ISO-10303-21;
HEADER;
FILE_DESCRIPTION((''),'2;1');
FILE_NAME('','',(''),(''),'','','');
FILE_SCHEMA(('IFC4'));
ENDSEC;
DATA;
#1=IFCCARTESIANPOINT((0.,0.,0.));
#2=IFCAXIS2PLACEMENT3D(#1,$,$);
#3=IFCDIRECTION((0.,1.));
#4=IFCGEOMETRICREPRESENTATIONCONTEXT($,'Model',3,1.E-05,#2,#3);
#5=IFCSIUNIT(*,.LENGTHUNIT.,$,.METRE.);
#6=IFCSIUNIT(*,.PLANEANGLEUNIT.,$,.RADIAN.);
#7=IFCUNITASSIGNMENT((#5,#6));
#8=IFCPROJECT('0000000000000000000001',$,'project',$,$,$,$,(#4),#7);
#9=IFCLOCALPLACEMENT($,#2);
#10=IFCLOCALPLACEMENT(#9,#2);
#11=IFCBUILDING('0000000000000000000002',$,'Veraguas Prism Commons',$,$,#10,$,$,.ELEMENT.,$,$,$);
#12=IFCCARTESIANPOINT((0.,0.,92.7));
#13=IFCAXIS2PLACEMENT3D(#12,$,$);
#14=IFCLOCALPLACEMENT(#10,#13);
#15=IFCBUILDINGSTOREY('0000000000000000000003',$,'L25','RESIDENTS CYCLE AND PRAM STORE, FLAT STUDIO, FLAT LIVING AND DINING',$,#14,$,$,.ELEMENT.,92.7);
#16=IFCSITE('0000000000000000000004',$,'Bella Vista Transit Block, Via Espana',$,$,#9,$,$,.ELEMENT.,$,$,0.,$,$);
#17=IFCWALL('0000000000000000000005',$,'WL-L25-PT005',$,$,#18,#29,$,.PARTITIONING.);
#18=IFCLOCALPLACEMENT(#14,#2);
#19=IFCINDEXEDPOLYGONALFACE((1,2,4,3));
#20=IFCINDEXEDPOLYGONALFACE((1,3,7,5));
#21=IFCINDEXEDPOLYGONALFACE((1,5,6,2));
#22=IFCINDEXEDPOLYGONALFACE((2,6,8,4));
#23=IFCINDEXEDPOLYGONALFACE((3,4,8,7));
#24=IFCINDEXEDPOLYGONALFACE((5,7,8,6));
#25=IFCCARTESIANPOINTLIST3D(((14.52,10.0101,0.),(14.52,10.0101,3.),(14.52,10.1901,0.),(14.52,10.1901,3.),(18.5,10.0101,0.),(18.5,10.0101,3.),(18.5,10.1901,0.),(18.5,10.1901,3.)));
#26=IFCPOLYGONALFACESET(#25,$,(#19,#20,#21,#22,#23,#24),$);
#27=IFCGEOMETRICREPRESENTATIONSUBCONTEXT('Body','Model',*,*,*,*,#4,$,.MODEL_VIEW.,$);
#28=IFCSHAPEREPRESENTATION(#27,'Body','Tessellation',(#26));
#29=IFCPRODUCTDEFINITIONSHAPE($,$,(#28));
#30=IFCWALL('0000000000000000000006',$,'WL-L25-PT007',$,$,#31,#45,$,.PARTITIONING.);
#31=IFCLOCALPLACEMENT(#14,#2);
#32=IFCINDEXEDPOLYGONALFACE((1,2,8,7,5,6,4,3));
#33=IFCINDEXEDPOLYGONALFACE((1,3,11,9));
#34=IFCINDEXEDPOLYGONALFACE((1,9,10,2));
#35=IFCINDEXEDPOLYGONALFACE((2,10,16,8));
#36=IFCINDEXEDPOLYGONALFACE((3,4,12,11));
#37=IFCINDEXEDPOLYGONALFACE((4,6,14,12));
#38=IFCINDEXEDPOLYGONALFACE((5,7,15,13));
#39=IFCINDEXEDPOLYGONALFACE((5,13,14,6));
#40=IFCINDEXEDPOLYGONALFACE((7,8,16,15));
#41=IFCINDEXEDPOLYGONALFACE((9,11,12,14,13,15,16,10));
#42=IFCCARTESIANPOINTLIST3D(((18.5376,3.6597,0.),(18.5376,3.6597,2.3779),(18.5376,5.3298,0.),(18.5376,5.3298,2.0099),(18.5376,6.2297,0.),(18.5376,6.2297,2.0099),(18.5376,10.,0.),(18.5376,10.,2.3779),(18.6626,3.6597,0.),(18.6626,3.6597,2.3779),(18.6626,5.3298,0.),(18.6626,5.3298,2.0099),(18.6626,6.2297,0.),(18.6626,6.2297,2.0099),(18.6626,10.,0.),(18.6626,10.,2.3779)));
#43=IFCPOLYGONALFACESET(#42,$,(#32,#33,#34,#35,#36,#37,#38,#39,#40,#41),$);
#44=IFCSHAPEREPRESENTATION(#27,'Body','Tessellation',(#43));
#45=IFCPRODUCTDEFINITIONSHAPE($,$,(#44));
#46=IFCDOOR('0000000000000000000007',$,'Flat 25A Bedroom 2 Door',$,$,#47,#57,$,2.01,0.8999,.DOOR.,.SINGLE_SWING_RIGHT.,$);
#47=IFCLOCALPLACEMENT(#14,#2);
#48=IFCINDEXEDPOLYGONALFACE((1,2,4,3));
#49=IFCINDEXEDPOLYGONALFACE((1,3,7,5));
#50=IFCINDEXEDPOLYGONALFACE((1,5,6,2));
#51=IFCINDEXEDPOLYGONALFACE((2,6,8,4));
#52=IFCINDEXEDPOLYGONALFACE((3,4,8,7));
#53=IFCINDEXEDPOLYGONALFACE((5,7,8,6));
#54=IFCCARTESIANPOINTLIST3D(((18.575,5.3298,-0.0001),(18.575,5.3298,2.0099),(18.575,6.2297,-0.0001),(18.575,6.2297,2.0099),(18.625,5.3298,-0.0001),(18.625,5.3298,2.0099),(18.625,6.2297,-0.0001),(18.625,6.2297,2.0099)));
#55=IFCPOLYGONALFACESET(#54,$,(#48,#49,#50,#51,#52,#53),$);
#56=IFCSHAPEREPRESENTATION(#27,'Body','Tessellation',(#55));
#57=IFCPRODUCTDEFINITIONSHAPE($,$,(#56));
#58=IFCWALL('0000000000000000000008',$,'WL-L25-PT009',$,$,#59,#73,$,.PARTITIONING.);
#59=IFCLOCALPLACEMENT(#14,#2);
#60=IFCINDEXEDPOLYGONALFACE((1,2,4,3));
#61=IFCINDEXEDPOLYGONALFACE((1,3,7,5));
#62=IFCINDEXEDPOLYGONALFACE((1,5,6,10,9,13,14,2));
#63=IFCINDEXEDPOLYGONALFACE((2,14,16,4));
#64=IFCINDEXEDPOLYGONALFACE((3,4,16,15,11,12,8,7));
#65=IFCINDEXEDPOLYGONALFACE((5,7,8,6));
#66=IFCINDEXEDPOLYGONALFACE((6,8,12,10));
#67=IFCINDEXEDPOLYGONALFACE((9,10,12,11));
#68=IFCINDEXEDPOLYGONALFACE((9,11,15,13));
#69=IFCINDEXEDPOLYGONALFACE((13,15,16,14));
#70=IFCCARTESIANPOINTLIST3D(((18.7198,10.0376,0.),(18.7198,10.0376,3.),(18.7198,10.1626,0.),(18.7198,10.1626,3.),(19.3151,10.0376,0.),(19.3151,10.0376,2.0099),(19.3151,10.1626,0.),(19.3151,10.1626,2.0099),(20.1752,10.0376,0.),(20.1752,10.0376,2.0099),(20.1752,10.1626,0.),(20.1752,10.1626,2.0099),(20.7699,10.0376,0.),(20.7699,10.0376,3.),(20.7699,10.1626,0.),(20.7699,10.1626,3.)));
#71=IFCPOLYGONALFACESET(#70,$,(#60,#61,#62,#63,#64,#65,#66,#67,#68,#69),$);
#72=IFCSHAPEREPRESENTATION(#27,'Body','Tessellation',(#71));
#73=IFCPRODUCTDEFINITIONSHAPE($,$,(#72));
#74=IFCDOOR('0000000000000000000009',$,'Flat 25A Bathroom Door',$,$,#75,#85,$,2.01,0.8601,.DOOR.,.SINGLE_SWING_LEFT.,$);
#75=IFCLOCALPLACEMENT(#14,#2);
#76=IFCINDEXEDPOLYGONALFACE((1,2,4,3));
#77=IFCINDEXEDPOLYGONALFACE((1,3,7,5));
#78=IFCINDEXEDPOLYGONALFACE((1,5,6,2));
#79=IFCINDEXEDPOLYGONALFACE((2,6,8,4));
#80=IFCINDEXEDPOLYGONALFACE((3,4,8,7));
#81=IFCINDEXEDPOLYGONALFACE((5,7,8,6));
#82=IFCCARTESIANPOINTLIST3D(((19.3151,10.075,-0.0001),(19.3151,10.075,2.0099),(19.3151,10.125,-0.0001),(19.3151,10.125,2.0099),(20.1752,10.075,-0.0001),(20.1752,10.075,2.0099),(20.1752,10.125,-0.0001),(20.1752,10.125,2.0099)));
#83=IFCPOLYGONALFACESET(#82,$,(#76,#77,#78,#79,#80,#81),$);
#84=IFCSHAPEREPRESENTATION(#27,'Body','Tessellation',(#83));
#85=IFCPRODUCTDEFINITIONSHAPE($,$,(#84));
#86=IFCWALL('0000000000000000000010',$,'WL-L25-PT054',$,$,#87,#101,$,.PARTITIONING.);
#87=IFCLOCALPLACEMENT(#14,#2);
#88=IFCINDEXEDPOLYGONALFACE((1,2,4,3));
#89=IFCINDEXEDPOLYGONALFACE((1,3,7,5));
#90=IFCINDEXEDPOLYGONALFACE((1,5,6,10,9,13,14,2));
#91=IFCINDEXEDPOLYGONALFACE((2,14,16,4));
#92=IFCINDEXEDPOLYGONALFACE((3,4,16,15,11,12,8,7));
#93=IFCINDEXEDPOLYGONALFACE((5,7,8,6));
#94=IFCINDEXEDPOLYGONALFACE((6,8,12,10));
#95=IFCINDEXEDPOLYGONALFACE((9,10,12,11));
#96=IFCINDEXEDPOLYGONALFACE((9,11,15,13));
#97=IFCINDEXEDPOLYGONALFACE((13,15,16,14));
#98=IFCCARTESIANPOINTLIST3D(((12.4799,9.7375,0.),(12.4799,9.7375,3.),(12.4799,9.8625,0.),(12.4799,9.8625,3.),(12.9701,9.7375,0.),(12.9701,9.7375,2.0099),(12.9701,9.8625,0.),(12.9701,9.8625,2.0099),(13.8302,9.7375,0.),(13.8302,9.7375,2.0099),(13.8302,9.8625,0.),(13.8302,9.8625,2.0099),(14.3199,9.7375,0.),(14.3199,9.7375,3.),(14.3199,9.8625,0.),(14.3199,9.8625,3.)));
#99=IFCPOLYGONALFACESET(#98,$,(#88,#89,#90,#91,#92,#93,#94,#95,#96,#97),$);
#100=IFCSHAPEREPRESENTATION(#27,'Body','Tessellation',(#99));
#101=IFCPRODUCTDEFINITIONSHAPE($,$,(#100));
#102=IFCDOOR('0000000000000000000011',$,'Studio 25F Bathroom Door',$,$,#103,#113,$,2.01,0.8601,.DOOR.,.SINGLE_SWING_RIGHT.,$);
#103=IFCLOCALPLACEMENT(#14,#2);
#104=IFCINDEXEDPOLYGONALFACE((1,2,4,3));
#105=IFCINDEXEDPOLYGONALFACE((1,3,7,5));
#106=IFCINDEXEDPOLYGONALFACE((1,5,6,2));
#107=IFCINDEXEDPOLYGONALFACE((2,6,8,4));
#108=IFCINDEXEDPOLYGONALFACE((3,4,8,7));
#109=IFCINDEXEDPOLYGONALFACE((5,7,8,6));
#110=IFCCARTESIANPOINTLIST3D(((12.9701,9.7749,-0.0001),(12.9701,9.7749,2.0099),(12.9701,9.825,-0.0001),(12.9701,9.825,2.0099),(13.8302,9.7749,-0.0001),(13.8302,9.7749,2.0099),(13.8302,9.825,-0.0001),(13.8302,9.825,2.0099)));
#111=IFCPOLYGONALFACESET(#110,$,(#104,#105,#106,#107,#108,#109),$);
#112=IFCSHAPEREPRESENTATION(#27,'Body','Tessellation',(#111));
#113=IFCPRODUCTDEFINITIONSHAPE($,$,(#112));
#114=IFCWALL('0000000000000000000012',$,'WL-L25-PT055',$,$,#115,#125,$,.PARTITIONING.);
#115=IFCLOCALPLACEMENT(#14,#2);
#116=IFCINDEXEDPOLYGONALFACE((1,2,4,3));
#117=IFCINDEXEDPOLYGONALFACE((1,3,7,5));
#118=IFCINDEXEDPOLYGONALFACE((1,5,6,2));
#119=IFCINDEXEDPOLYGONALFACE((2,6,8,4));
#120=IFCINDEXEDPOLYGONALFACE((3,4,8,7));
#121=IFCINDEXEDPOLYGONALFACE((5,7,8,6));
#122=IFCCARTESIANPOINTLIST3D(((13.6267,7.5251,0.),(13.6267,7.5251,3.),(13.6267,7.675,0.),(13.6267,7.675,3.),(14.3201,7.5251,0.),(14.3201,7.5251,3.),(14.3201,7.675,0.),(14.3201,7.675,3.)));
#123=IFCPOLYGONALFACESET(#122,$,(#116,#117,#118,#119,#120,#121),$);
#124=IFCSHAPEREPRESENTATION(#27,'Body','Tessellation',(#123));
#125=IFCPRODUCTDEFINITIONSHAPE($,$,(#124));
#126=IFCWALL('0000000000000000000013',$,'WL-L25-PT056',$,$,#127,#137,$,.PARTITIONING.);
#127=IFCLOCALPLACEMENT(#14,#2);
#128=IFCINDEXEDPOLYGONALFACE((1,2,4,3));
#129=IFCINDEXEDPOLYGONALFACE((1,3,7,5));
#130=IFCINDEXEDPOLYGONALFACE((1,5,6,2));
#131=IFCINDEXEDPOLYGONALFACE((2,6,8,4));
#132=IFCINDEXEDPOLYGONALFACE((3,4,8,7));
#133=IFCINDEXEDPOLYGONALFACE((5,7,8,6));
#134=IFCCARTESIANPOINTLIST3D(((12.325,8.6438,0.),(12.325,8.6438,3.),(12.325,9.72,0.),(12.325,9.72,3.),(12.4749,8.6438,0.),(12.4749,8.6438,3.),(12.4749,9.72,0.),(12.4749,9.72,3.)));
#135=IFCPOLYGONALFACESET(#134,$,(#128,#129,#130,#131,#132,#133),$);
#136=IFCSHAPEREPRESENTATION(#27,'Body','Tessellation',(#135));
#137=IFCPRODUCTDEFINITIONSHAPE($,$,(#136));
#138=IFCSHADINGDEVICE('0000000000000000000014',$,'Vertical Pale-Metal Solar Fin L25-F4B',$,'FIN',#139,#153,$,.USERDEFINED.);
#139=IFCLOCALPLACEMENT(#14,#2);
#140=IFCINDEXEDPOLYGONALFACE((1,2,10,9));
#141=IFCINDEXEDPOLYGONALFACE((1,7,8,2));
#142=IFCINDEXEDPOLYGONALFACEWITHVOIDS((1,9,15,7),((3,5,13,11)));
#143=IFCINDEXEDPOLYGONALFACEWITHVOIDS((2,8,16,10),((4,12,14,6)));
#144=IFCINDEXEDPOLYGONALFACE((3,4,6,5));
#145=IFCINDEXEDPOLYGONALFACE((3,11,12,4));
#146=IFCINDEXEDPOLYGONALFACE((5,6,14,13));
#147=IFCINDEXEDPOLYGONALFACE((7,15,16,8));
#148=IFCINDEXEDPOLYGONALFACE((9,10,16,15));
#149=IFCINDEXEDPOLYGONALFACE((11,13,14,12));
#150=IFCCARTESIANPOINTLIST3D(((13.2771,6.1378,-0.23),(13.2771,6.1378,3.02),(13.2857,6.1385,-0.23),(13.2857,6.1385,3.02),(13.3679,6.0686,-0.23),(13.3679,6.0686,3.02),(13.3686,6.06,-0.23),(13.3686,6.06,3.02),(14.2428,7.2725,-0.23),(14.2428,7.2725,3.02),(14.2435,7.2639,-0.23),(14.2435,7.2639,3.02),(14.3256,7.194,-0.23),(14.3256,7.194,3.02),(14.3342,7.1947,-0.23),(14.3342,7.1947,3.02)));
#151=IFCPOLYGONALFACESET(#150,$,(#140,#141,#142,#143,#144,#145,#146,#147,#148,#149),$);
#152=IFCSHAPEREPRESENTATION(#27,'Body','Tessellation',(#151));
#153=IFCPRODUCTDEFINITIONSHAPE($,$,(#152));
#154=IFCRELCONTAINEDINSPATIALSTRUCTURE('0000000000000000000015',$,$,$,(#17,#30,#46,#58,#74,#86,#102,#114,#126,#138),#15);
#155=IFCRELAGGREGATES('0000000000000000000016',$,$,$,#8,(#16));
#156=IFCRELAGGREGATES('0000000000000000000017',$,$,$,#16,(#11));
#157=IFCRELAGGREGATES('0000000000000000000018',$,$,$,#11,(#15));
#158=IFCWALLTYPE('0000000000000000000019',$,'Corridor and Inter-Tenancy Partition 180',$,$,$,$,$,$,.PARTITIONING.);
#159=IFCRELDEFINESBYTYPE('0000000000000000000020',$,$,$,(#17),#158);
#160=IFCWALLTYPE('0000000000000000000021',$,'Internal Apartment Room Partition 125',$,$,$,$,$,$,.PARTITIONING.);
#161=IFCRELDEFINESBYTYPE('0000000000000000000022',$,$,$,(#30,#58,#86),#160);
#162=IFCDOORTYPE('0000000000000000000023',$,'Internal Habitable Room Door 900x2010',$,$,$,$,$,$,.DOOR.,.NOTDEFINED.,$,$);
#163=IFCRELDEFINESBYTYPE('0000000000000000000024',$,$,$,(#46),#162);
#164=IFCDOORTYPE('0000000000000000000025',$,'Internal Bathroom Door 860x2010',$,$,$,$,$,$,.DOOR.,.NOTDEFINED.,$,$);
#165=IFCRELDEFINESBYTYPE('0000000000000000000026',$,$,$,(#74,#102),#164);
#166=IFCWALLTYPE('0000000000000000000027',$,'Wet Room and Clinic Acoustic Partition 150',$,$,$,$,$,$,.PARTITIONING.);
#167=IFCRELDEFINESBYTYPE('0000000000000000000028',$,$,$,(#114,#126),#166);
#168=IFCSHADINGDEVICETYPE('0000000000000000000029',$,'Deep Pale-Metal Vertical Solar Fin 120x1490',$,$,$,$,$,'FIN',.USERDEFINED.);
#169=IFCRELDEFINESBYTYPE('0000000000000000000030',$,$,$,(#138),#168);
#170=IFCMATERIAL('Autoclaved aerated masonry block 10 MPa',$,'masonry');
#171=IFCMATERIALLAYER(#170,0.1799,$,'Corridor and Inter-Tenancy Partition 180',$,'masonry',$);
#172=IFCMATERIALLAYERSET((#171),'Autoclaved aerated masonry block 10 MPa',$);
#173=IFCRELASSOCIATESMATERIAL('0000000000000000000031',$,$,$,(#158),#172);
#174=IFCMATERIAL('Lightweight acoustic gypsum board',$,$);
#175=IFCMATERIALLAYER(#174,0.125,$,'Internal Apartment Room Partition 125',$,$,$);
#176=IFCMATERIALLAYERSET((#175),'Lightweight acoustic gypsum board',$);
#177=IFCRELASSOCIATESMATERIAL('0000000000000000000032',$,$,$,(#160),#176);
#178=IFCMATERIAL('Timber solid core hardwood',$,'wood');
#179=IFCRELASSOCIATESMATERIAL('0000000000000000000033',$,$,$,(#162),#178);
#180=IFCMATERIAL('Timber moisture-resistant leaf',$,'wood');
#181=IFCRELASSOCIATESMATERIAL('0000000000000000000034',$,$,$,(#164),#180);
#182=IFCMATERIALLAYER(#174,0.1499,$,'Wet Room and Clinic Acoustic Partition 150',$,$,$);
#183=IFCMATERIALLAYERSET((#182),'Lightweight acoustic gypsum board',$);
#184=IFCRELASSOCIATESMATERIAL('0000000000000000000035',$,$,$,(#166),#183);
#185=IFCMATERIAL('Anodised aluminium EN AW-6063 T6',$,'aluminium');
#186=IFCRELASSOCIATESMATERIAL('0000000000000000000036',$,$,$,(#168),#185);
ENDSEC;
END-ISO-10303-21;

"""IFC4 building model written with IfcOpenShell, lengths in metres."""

from ifc_helpers import new_model, si_unit, direction, frame, frame_2d, origin, origin_2d, place, context, subcontext, project, spatial, rectangle, hollow_rectangle, extrude, source, transform, mapped, material, layer, layer_set, material_profile, profile_set, type_object, element, fill, save


model = new_model("IFC4")

# Units and contexts
model_context = context("Model", 3, precision=1e-05, world=origin(), true_north=direction((0.0, 1.0)))
body_context = subcontext(model_context, "Body", "Model", "MODEL_VIEW")
ifc_project = project(units=[si_unit("LENGTHUNIT", "METRE"), si_unit("PLANEANGLEUNIT", "RADIAN")], contexts=[model_context])

# Site, building, storey
site_placement = place(None, origin())
site = spatial("IfcSite", under=ifc_project, at=site_placement, Name="Bella Vista Transit Block, Via Espana", CompositionType="ELEMENT", RefElevation=0.0)
building_placement = place(site_placement, origin())
building = spatial("IfcBuilding", under=site, at=building_placement, Name="Veraguas Prism Commons", CompositionType="ELEMENT")
storey_placement = place(building_placement, frame((0.0, 0.0, 92.7)))
storey = spatial("IfcBuildingStorey", under=building, at=storey_placement, Name="L25", Description="RESIDENTS CYCLE AND PRAM STORE, FLAT STUDIO, FLAT LIVING AND DINING", CompositionType="ELEMENT", Elevation=92.7)

# Shared definitions
ifc_material_1 = material(Name="Anodised aluminium EN AW-6063 T6", Category="aluminium")

# Wall
ifc_material_2 = material(Name="Autoclaved aerated masonry block 10 MPa", Category="masonry")
ifc_layer_1 = layer(ifc_material_2, 0.1799, Name="Corridor and Inter-Tenancy Partition 180", Category="masonry")
ifc_layer_set_1 = layer_set([ifc_layer_1], Name="Autoclaved aerated masonry block 10 MPa")
wall_type_1 = type_object("IfcWallType", Name="Corridor and Inter-Tenancy Partition 180", PredefinedType="PARTITIONING", material=ifc_layer_set_1)
wall_1_placement = place(storey_placement, frame((14.52, 10.1001, 0.0), z_axis=(0.0, 0.0, 1.0), x_axis=(1.0, 0.0, 0.0)))
element("IfcWall", 1, at=wall_1_placement, inside=storey, type_object=wall_type_1, Name="WL-L25-PT005", PredefinedType="PARTITIONING", context=body_context, shape_type="SweptSolid", body=[
    extrude(rectangle(XDim=3.98, YDim=0.1799, at=frame_2d((1.99, 0.0))), origin(), (0.0, 0.0, 1.0), 3.0),
])

# Walls, openings, doors
ifc_material_3 = material(Name="Lightweight acoustic gypsum board")
ifc_layer_2 = layer(ifc_material_3, 0.125, Name="Internal Apartment Room Partition 125")
ifc_layer_set_2 = layer_set([ifc_layer_2], Name="Lightweight acoustic gypsum board")
wall_type_2 = type_object("IfcWallType", Name="Internal Apartment Room Partition 125", PredefinedType="PARTITIONING", material=ifc_layer_set_2)
wall_2_placement = place(storey_placement, frame((18.6001, 10.0, 0.0), z_axis=(0.0, 0.0, 1.0), x_axis=(0.0, -1.0, 0.0)))
wall_2 = element("IfcWall", 2, at=wall_2_placement, inside=storey, type_object=wall_type_2, Name="WL-L25-PT007", PredefinedType="PARTITIONING", context=body_context, shape_type="SweptSolid", body=[
    extrude(rectangle(XDim=6.3403, YDim=0.125, at=frame_2d((3.1702, 0.0))), origin(), (0.0, 0.0, 1.0), 2.3779),
])
opening_1_placement = place(wall_2_placement, frame((3.7703, 0.0, 0.0)))
opening_1 = element("IfcOpeningElement", 3, at=opening_1_placement, cuts=wall_2, PredefinedType="OPENING", context=body_context, shape_type="SweptSolid", body=[
    extrude(rectangle(XDim=0.8999, YDim=2.01, at=frame_2d((0.45, 1.0049))), frame((0.0, 0.0725, 0.0), z_axis=(0.0, -1.0, 0.0), x_axis=(1.0, 0.0, 0.0)), (0.0, 0.0, 1.0), 0.145),
])
ifc_material_4 = material(Name="Timber solid core hardwood", Category="wood")
door_type_1 = type_object("IfcDoorType", Name="Internal Habitable Room Door 900x2010", OperationType="NOTDEFINED", PredefinedType="DOOR", material=ifc_material_4)
shared_shape_1 = source(origin(), body_context, "Body", "SweptSolid", [
    extrude(rectangle(XDim=0.8999, YDim=2.01, at=frame_2d((0.45, 1.0049))), frame((0.0, 0.0249, 0.0), z_axis=(0.0, -1.0, 0.0), x_axis=(1.0, 0.0, 0.0)), (0.0, 0.0, 1.0), 0.05),
])
door_1_placement = place(opening_1_placement, origin())
door_1 = element("IfcDoor", 4, at=door_1_placement, inside=storey, type_object=door_type_1, Name="Flat 25A Bedroom 2 Door", OperationType="SINGLE_SWING_RIGHT", OverallHeight=2.01, OverallWidth=0.8999, PredefinedType="DOOR", context=body_context, shape_type="MappedRepresentation", body=[
    mapped(shared_shape_1, transform((0.0, 0.0, 0.0), scale=1.0)),
])
fill(opening_1, door_1)
wall_3_placement = place(storey_placement, frame((18.72, 10.1001, 0.0), z_axis=(0.0, 0.0, 1.0), x_axis=(1.0, 0.0, 0.0)))
wall_3 = element("IfcWall", 5, at=wall_3_placement, inside=storey, type_object=wall_type_2, Name="WL-L25-PT009", PredefinedType="PARTITIONING", context=body_context, shape_type="SweptSolid", body=[
    extrude(rectangle(XDim=2.05, YDim=0.125, at=frame_2d((1.0249, 0.0))), origin(), (0.0, 0.0, 1.0), 3.0),
])
opening_2_placement = place(wall_3_placement, frame((0.595, 0.0, 0.0)))
opening_2 = element("IfcOpeningElement", 6, at=opening_2_placement, cuts=wall_3, PredefinedType="OPENING", context=body_context, shape_type="SweptSolid", body=[
    extrude(rectangle(XDim=0.8601, YDim=2.01, at=frame_2d((0.4302, 1.0049))), frame((0.0, 0.0725, 0.0), z_axis=(0.0, -1.0, 0.0), x_axis=(1.0, 0.0, 0.0)), (0.0, 0.0, 1.0), 0.145),
])
ifc_material_5 = material(Name="Timber moisture-resistant leaf", Category="wood")
door_type_2 = type_object("IfcDoorType", Name="Internal Bathroom Door 860x2010", OperationType="NOTDEFINED", PredefinedType="DOOR", material=ifc_material_5)
shared_shape_2 = source(origin(), body_context, "Body", "SweptSolid", [
    extrude(rectangle(XDim=0.8601, YDim=2.01, at=frame_2d((0.4302, 1.0049))), frame((0.0, 0.0249, 0.0), z_axis=(0.0, -1.0, 0.0), x_axis=(1.0, 0.0, 0.0)), (0.0, 0.0, 1.0), 0.05),
])
door_2_placement = place(opening_2_placement, origin())
door_2 = element("IfcDoor", 7, at=door_2_placement, inside=storey, type_object=door_type_2, Name="Flat 25A Bathroom Door", OperationType="SINGLE_SWING_LEFT", OverallHeight=2.01, OverallWidth=0.8601, PredefinedType="DOOR", context=body_context, shape_type="MappedRepresentation", body=[
    mapped(shared_shape_2, transform((0.0, 0.0, 0.0), scale=1.0)),
])
fill(opening_2, door_2)
wall_4_placement = place(storey_placement, frame((12.48, 9.8, 0.0), z_axis=(0.0, 0.0, 1.0), x_axis=(1.0, 0.0, 0.0)))
wall_4 = element("IfcWall", 8, at=wall_4_placement, inside=storey, type_object=wall_type_2, Name="WL-L25-PT054", PredefinedType="PARTITIONING", context=body_context, shape_type="SweptSolid", body=[
    extrude(rectangle(XDim=1.8401, YDim=0.125, at=frame_2d((0.9199, 0.0))), origin(), (0.0, 0.0, 1.0), 3.0),
])
opening_3_placement = place(wall_4_placement, frame((0.49, 0.0, 0.0)))
opening_3 = element("IfcOpeningElement", 9, at=opening_3_placement, cuts=wall_4, PredefinedType="OPENING", context=body_context, shape_type="SweptSolid", body=[
    extrude(rectangle(XDim=0.8601, YDim=2.01, at=frame_2d((0.4302, 1.0049))), frame((0.0, 0.0725, 0.0), z_axis=(0.0, -1.0, 0.0), x_axis=(1.0, 0.0, 0.0)), (0.0, 0.0, 1.0), 0.145),
])
door_3_placement = place(opening_3_placement, origin())
door_3 = element("IfcDoor", 10, at=door_3_placement, inside=storey, type_object=door_type_2, Name="Studio 25F Bathroom Door", OperationType="SINGLE_SWING_RIGHT", OverallHeight=2.01, OverallWidth=0.8601, PredefinedType="DOOR", context=body_context, shape_type="MappedRepresentation", body=[
    mapped(shared_shape_2, transform((0.0, 0.0, 0.0), scale=1.0)),
])
fill(opening_3, door_3)

# Walls
ifc_layer_3 = layer(ifc_material_3, 0.1499, Name="Wet Room and Clinic Acoustic Partition 150")
ifc_layer_set_3 = layer_set([ifc_layer_3], Name="Lightweight acoustic gypsum board")
wall_type_3 = type_object("IfcWallType", Name="Wet Room and Clinic Acoustic Partition 150", PredefinedType="PARTITIONING", material=ifc_layer_set_3)
wall_5_placement = place(storey_placement, frame((13.6267, 7.6001, 0.0), z_axis=(0.0, 0.0, 1.0), x_axis=(1.0, 0.0, 0.0)))
element("IfcWall", 11, at=wall_5_placement, inside=storey, type_object=wall_type_3, Name="WL-L25-PT055", PredefinedType="PARTITIONING", context=body_context, shape_type="SweptSolid", body=[
    extrude(rectangle(XDim=0.6934, YDim=0.1499, at=frame_2d((0.3467, 0.0))), origin(), (0.0, 0.0, 1.0), 3.0),
])
wall_6_placement = place(storey_placement, frame((12.3999, 8.6438, 0.0), z_axis=(0.0, 0.0, 1.0), x_axis=(0.0, 1.0, 0.0)))
element("IfcWall", 12, at=wall_6_placement, inside=storey, type_object=wall_type_3, Name="WL-L25-PT056", PredefinedType="PARTITIONING", context=body_context, shape_type="SweptSolid", body=[
    extrude(rectangle(XDim=1.0762, YDim=0.1499, at=frame_2d((0.5381, 0.0))), origin(), (0.0, 0.0, 1.0), 3.0),
])

# Shading device
ifc_material_profile_1 = material_profile(ifc_material_1, hollow_rectangle(XDim=0.1201, YDim=1.49, WallThickness=0.0061, at=origin_2d()), Name="FIN120X1490X6")
ifc_profile_set_1 = profile_set([ifc_material_profile_1], Name="Anodised aluminium EN AW-6063 T6")
shading_device_type = type_object("IfcShadingDeviceType", Name="Deep Pale-Metal Vertical Solar Fin 120x1490", ElementType="FIN", PredefinedType="USERDEFINED", material=ifc_profile_set_1)
shading_device_placement = place(storey_placement, frame((13.8057, 6.6663, -0.23), z_axis=(0.0, 0.0, 1.0), x_axis=(0.761541, -0.648117, 0.0)))
element("IfcShadingDevice", 13, at=shading_device_placement, inside=storey, type_object=shading_device_type, Name="Vertical Pale-Metal Solar Fin L25-F4B", ObjectType="FIN", PredefinedType="USERDEFINED", context=body_context, shape_type="SweptSolid", body=[
    extrude(hollow_rectangle(XDim=0.1201, YDim=1.49, WallThickness=0.0061, at=origin_2d()), origin(), (0.0, 0.0, 1.0), 3.25),
])

save(model, "model.ifc")
